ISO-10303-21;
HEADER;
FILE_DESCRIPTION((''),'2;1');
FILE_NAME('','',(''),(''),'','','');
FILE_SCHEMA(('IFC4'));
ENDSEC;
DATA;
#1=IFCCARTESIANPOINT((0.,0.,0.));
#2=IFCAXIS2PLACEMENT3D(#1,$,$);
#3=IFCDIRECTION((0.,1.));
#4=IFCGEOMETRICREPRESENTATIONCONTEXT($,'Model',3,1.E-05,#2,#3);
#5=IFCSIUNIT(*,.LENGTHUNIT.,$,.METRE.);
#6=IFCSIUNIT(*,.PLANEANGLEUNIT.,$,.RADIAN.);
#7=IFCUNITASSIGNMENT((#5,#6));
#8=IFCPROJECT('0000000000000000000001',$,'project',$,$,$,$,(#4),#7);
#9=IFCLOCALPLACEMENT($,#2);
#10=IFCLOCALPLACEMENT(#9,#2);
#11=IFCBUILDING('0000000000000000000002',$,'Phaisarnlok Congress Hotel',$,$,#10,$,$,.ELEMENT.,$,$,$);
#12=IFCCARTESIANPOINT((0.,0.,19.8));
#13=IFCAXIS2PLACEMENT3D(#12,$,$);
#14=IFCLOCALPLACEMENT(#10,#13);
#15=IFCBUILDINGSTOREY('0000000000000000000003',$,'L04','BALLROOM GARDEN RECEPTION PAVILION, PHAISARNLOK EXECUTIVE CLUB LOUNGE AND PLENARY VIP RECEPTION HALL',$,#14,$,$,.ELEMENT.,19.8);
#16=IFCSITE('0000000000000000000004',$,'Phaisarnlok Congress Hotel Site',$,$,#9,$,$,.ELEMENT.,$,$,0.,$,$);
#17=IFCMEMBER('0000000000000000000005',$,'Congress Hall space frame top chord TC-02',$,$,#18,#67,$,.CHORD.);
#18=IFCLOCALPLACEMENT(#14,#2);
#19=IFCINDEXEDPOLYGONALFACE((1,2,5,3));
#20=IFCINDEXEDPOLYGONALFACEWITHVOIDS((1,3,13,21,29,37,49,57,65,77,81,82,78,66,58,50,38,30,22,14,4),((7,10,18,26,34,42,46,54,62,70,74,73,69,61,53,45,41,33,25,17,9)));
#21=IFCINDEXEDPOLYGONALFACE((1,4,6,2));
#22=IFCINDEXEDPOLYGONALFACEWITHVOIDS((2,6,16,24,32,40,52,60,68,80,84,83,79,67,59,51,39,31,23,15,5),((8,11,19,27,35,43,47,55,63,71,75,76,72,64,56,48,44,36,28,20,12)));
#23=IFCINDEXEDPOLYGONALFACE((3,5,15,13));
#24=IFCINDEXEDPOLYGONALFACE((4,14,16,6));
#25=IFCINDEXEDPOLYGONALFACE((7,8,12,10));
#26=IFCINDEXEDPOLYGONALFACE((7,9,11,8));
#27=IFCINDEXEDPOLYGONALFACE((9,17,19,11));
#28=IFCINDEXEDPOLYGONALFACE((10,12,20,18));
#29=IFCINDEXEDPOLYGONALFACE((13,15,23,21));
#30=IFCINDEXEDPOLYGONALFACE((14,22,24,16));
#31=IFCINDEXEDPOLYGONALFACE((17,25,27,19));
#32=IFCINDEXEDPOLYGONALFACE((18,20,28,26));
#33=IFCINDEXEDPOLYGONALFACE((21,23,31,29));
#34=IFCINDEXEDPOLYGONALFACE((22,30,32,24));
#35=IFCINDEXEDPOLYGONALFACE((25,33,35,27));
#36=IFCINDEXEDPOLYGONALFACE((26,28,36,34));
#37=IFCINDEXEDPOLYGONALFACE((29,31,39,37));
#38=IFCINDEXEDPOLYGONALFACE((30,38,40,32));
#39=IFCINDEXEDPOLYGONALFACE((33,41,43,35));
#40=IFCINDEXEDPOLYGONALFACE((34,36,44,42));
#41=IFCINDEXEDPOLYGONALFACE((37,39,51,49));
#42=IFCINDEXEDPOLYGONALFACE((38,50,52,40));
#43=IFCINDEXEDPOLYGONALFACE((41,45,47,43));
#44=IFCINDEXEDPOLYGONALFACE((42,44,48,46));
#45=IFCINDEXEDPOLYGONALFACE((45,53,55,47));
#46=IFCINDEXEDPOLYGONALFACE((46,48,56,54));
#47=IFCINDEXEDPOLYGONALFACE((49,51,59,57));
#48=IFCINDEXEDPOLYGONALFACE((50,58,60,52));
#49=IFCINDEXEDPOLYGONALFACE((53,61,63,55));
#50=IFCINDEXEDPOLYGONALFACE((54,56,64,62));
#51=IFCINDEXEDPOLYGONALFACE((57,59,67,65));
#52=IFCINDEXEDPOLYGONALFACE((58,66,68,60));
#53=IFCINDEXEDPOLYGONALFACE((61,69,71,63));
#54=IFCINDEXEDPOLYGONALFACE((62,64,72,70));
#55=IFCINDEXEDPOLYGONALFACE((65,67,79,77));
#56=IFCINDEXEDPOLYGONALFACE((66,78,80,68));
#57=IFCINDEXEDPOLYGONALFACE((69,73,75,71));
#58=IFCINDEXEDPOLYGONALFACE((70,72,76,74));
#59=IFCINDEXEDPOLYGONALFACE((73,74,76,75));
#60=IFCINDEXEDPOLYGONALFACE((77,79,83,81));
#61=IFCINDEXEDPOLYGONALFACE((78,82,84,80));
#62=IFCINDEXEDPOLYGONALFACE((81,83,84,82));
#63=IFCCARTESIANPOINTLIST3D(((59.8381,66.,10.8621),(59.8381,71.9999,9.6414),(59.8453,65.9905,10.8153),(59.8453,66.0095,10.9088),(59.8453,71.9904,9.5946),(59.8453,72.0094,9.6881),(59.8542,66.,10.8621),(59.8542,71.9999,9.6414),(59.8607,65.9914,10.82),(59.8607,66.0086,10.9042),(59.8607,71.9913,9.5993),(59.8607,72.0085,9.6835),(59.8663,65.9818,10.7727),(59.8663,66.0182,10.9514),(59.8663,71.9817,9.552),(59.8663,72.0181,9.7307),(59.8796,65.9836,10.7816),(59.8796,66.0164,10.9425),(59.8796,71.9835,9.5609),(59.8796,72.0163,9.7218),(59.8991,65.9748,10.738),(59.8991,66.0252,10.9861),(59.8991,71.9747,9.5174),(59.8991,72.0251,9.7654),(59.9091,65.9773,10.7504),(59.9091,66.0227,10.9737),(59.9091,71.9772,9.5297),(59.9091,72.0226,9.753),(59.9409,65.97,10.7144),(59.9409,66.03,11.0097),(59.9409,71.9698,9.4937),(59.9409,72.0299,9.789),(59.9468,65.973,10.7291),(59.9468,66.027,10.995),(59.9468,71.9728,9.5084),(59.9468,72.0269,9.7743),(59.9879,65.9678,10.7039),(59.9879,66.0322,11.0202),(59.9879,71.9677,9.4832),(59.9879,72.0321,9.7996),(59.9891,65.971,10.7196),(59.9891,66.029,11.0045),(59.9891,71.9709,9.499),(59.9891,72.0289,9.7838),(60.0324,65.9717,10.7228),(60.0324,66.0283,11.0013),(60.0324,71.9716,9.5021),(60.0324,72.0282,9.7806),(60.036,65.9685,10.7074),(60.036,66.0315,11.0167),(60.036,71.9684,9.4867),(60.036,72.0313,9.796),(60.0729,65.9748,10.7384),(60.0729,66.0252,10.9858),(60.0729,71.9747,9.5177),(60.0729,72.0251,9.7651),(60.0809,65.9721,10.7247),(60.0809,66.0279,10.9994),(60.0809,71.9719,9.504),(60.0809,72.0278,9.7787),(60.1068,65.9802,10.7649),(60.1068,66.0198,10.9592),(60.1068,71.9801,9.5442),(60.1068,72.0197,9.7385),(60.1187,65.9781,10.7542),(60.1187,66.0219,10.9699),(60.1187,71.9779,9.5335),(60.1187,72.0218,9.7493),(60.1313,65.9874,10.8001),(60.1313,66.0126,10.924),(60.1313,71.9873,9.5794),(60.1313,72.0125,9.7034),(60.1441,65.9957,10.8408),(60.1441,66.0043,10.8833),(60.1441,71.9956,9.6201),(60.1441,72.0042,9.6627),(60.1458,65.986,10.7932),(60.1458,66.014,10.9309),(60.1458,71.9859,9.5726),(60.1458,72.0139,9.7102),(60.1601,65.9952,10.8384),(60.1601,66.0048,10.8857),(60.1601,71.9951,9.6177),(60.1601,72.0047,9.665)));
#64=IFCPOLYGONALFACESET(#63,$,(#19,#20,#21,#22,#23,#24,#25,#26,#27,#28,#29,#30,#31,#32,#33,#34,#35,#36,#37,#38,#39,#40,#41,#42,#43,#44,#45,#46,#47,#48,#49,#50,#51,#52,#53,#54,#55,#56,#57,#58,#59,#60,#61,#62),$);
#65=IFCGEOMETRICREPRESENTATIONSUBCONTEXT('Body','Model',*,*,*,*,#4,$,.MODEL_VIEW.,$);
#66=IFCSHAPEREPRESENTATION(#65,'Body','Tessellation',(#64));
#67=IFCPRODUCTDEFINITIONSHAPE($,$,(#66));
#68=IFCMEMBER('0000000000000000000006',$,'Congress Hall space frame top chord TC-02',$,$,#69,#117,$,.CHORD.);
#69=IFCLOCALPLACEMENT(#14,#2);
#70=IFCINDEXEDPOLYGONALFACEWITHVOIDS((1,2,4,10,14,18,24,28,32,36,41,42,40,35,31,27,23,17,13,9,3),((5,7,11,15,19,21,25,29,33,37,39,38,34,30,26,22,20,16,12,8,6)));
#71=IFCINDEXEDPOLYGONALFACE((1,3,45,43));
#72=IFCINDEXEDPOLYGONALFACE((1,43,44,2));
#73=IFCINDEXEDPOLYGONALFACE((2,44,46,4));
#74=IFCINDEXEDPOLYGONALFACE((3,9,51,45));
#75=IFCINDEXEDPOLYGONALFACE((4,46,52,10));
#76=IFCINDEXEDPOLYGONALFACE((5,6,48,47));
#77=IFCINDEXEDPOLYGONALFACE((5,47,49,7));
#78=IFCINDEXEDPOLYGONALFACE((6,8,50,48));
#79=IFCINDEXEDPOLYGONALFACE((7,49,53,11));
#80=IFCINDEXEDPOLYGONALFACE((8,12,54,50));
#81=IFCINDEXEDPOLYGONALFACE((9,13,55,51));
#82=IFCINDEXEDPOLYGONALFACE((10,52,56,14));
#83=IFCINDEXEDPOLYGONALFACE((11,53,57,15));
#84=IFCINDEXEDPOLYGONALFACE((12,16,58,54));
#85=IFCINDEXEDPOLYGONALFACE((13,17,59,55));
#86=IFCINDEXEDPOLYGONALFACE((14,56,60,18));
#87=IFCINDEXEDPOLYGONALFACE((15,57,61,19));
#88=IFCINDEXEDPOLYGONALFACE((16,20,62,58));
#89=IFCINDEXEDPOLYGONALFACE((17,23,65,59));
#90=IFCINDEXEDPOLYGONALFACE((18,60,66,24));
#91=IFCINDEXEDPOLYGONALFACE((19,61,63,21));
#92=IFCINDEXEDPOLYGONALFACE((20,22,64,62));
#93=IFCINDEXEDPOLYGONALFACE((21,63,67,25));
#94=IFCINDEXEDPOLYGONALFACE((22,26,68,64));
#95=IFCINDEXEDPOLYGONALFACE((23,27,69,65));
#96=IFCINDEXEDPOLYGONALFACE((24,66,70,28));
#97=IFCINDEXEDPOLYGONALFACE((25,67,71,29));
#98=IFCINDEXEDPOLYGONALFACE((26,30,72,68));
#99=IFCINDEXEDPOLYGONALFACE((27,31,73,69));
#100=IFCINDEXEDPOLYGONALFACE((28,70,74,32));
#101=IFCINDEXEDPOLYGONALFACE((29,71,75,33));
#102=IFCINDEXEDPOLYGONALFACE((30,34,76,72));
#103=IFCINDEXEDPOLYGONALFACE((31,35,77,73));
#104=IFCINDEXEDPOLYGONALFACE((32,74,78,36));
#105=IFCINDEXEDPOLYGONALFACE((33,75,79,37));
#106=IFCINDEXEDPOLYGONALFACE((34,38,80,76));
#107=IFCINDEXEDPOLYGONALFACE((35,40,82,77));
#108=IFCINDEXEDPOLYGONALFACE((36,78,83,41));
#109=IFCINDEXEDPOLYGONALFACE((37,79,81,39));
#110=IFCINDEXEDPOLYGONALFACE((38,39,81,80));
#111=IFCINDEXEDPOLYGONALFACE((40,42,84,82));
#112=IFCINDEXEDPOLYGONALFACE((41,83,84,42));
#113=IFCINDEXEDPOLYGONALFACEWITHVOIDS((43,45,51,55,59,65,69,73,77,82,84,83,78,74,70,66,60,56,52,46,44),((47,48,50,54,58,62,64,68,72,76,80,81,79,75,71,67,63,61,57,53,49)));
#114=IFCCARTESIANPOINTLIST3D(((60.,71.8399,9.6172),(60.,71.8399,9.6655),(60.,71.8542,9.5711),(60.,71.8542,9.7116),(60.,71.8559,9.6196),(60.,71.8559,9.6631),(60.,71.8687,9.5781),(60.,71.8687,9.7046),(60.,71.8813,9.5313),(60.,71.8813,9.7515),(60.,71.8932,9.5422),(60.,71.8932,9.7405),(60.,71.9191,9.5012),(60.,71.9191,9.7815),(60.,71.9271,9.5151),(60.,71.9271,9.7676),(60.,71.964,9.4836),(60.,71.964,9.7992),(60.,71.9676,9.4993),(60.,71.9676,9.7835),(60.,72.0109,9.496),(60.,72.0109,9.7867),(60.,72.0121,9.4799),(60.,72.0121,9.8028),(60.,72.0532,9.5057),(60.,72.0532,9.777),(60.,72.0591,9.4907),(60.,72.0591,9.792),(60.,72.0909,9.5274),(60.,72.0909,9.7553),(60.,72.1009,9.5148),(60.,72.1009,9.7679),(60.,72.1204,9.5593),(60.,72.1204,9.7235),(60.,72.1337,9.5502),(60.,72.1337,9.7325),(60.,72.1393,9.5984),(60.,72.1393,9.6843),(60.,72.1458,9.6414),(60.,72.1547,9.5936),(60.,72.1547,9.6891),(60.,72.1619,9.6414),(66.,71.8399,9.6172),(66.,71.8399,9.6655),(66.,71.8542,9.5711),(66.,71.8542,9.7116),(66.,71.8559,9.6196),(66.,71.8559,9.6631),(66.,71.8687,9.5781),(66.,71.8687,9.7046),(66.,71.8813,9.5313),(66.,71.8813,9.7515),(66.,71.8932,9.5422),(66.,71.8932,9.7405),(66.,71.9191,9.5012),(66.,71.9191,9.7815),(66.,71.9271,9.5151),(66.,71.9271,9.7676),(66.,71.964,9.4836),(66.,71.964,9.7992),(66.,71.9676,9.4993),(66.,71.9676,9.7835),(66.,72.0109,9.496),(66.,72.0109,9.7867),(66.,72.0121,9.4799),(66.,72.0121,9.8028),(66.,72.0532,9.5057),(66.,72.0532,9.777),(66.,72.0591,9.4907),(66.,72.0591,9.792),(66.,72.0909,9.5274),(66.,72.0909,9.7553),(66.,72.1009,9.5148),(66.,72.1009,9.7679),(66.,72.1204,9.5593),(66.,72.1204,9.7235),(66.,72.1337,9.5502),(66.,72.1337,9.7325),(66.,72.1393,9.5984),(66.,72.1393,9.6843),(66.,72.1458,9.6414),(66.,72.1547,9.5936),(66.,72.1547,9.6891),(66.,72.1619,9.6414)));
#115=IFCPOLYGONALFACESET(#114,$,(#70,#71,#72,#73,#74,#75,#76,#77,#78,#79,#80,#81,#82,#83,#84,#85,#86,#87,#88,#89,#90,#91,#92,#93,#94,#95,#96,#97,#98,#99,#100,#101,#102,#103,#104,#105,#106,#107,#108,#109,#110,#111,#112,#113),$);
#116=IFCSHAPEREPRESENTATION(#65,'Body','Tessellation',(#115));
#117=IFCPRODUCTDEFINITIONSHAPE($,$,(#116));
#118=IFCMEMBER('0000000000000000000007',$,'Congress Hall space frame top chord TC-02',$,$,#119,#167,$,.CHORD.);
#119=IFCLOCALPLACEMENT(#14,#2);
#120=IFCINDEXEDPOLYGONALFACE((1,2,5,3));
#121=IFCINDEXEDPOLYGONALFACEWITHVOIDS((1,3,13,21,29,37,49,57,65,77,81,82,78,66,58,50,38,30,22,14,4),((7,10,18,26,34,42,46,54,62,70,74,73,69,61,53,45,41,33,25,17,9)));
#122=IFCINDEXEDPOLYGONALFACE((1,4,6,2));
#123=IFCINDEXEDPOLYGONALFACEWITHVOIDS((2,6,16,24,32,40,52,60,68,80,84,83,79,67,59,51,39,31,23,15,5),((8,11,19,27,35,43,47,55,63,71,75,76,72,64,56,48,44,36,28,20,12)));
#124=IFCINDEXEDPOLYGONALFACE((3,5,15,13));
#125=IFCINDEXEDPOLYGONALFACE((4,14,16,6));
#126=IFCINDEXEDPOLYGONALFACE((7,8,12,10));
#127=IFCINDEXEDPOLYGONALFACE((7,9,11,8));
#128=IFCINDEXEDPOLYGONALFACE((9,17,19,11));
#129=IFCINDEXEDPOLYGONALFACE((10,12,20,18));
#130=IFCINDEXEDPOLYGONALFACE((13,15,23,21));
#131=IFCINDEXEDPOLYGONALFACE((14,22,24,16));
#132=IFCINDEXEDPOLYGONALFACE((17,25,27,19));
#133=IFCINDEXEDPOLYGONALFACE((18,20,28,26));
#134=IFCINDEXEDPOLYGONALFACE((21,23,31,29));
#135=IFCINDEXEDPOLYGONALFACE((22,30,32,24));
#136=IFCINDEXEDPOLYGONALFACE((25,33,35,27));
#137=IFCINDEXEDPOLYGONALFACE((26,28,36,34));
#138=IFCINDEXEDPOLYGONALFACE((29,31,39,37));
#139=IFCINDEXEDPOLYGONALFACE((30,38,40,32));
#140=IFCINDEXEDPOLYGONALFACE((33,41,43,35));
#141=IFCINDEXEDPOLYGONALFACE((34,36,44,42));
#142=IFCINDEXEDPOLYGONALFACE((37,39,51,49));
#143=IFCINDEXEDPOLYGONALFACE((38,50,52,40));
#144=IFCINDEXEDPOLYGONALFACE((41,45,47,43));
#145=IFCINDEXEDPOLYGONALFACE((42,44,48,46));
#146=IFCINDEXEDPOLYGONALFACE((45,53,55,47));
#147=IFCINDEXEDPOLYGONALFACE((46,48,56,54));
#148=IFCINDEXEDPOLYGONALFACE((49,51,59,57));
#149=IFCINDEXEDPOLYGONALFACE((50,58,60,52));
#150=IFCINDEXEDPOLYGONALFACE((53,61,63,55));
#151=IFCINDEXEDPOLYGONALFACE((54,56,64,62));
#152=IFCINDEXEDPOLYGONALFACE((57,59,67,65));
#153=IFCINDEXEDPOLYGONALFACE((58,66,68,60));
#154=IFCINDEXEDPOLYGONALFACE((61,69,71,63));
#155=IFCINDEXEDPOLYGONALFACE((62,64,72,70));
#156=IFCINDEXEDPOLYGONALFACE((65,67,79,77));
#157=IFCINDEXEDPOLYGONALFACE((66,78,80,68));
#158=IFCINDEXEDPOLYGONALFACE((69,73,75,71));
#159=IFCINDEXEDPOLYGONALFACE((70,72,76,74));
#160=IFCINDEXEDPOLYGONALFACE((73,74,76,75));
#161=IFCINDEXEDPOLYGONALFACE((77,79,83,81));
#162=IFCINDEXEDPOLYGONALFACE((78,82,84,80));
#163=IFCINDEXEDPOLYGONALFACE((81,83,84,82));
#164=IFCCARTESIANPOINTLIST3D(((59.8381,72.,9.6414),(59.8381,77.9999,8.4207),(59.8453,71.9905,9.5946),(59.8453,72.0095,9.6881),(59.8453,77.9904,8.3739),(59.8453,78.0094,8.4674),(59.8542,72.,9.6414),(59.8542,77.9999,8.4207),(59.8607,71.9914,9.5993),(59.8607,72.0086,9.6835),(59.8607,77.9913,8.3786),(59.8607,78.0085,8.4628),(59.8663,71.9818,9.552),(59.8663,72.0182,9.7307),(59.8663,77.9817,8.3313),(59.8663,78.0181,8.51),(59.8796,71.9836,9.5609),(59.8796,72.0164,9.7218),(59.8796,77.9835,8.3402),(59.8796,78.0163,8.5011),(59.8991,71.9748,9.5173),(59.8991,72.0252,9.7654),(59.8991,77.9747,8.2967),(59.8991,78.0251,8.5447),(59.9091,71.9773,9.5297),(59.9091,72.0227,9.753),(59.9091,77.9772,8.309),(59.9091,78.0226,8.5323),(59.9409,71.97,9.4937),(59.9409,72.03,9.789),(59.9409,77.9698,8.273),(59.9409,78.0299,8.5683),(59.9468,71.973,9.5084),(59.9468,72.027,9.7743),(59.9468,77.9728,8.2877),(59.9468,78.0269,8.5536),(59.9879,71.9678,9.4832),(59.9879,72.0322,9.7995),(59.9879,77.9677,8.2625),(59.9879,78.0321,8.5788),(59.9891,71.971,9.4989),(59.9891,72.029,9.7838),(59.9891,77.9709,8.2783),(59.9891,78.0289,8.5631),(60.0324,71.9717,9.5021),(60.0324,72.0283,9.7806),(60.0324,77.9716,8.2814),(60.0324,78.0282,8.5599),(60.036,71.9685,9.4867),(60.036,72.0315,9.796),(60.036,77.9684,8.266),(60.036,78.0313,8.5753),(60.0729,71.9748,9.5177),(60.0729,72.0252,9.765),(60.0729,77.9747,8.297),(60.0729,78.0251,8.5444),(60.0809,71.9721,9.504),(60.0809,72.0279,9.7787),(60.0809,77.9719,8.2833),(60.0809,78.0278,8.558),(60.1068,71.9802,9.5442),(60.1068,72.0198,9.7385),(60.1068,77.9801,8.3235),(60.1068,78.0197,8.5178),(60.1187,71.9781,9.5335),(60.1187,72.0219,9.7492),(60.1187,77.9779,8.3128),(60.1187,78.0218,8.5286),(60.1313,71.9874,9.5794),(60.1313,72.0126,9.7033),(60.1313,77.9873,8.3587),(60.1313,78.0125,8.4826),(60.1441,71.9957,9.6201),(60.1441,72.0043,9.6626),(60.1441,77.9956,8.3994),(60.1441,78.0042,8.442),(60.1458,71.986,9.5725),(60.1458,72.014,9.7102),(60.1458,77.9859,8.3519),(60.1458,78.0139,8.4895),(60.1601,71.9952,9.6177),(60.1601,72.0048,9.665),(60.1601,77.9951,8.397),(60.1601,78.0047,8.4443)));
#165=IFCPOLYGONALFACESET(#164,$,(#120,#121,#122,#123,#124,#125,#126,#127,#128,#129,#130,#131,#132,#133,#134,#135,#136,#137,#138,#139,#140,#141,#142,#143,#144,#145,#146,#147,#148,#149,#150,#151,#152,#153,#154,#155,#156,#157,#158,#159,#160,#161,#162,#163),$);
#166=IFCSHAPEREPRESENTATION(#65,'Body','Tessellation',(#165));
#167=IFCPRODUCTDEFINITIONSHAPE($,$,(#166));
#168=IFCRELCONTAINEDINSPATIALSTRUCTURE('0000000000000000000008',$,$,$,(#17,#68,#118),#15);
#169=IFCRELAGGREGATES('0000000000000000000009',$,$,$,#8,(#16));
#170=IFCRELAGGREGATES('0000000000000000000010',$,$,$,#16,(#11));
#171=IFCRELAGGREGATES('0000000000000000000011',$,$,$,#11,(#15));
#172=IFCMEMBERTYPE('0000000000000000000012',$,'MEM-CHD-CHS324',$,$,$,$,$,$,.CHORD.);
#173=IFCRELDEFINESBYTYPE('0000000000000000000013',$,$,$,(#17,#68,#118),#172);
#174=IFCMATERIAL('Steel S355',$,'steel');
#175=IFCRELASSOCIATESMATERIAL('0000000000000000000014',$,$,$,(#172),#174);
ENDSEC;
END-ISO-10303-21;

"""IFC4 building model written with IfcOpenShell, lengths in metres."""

from ifc_helpers import new_model, si_unit, direction, frame, origin, origin_2d, place, context, subcontext, project, spatial, hollow_circle, extrude, material, material_profile, profile_set, type_object, element, save


model = new_model("IFC4")

# Units and contexts
model_context = context("Model", 3, precision=1e-05, world=origin(), true_north=direction((0.0, 1.0)))
body_context = subcontext(model_context, "Body", "Model", "MODEL_VIEW")
ifc_project = project(units=[si_unit("LENGTHUNIT", "METRE"), si_unit("PLANEANGLEUNIT", "RADIAN")], contexts=[model_context])

# Site, building, storey
site_placement = place(None, origin())
site = spatial("IfcSite", under=ifc_project, at=site_placement, Name="Phaisarnlok Congress Hotel Site", CompositionType="ELEMENT", RefElevation=0.0)
building_placement = place(site_placement, origin())
building = spatial("IfcBuilding", under=site, at=building_placement, Name="Phaisarnlok Congress Hotel", CompositionType="ELEMENT")
storey_placement = place(building_placement, frame((0.0, 0.0, 19.8)))
storey = spatial("IfcBuildingStorey", under=building, at=storey_placement, Name="L04", Description="BALLROOM GARDEN RECEPTION PAVILION, PHAISARNLOK EXECUTIVE CLUB LOUNGE AND PLENARY VIP RECEPTION HALL", CompositionType="ELEMENT", Elevation=19.8)

# Shared definitions
ifc_material_1 = material(Name="Steel S355", Category="steel")

# Members
ifc_material_profile_1 = material_profile(ifc_material_1, hollow_circle(Radius=0.1619, WallThickness=0.0161, at=origin_2d()), Name="CHS 323.9x16")
ifc_profile_set_1 = profile_set([ifc_material_profile_1], Name="Steel S355")
member_type_1 = type_object("IfcMemberType", Name="MEM-CHD-CHS324", PredefinedType="CHORD", material=ifc_profile_set_1)
member_1_placement = place(storey_placement, frame((60.0, 66.0, 10.8621), z_axis=(0.0, 0.979925, -0.199366), x_axis=(-1.0, 0.0, 0.0)))
element("IfcMember", 1, at=member_1_placement, inside=storey, type_object=member_type_1, Name="Congress Hall space frame top chord TC-02", PredefinedType="CHORD", context=body_context, shape_type="SweptSolid", body=[
    extrude(hollow_circle(Radius=0.1619, WallThickness=0.0161, at=origin_2d()), origin(), (0.0, 0.0, 1.0), 6.1228),
])
member_2_placement = place(storey_placement, frame((60.0, 72.0, 9.6414), z_axis=(1.0, 0.0, 0.0), x_axis=(0.0, 1.0, 0.0)))
element("IfcMember", 2, at=member_2_placement, inside=storey, type_object=member_type_1, Name="Congress Hall space frame top chord TC-02", PredefinedType="CHORD", context=body_context, shape_type="SweptSolid", body=[
    extrude(hollow_circle(Radius=0.1619, WallThickness=0.0161, at=origin_2d()), origin(), (0.0, 0.0, 1.0), 6.0),
])
member_3_placement = place(storey_placement, frame((60.0, 72.0, 9.6414), z_axis=(0.0, 0.979925, -0.199366), x_axis=(-1.0, 0.0, 0.0)))
element("IfcMember", 3, at=member_3_placement, inside=storey, type_object=member_type_1, Name="Congress Hall space frame top chord TC-02", PredefinedType="CHORD", context=body_context, shape_type="SweptSolid", body=[
    extrude(hollow_circle(Radius=0.1619, WallThickness=0.0161, at=origin_2d()), origin(), (0.0, 0.0, 1.0), 6.1228),
])

save(model, "model.ifc")
